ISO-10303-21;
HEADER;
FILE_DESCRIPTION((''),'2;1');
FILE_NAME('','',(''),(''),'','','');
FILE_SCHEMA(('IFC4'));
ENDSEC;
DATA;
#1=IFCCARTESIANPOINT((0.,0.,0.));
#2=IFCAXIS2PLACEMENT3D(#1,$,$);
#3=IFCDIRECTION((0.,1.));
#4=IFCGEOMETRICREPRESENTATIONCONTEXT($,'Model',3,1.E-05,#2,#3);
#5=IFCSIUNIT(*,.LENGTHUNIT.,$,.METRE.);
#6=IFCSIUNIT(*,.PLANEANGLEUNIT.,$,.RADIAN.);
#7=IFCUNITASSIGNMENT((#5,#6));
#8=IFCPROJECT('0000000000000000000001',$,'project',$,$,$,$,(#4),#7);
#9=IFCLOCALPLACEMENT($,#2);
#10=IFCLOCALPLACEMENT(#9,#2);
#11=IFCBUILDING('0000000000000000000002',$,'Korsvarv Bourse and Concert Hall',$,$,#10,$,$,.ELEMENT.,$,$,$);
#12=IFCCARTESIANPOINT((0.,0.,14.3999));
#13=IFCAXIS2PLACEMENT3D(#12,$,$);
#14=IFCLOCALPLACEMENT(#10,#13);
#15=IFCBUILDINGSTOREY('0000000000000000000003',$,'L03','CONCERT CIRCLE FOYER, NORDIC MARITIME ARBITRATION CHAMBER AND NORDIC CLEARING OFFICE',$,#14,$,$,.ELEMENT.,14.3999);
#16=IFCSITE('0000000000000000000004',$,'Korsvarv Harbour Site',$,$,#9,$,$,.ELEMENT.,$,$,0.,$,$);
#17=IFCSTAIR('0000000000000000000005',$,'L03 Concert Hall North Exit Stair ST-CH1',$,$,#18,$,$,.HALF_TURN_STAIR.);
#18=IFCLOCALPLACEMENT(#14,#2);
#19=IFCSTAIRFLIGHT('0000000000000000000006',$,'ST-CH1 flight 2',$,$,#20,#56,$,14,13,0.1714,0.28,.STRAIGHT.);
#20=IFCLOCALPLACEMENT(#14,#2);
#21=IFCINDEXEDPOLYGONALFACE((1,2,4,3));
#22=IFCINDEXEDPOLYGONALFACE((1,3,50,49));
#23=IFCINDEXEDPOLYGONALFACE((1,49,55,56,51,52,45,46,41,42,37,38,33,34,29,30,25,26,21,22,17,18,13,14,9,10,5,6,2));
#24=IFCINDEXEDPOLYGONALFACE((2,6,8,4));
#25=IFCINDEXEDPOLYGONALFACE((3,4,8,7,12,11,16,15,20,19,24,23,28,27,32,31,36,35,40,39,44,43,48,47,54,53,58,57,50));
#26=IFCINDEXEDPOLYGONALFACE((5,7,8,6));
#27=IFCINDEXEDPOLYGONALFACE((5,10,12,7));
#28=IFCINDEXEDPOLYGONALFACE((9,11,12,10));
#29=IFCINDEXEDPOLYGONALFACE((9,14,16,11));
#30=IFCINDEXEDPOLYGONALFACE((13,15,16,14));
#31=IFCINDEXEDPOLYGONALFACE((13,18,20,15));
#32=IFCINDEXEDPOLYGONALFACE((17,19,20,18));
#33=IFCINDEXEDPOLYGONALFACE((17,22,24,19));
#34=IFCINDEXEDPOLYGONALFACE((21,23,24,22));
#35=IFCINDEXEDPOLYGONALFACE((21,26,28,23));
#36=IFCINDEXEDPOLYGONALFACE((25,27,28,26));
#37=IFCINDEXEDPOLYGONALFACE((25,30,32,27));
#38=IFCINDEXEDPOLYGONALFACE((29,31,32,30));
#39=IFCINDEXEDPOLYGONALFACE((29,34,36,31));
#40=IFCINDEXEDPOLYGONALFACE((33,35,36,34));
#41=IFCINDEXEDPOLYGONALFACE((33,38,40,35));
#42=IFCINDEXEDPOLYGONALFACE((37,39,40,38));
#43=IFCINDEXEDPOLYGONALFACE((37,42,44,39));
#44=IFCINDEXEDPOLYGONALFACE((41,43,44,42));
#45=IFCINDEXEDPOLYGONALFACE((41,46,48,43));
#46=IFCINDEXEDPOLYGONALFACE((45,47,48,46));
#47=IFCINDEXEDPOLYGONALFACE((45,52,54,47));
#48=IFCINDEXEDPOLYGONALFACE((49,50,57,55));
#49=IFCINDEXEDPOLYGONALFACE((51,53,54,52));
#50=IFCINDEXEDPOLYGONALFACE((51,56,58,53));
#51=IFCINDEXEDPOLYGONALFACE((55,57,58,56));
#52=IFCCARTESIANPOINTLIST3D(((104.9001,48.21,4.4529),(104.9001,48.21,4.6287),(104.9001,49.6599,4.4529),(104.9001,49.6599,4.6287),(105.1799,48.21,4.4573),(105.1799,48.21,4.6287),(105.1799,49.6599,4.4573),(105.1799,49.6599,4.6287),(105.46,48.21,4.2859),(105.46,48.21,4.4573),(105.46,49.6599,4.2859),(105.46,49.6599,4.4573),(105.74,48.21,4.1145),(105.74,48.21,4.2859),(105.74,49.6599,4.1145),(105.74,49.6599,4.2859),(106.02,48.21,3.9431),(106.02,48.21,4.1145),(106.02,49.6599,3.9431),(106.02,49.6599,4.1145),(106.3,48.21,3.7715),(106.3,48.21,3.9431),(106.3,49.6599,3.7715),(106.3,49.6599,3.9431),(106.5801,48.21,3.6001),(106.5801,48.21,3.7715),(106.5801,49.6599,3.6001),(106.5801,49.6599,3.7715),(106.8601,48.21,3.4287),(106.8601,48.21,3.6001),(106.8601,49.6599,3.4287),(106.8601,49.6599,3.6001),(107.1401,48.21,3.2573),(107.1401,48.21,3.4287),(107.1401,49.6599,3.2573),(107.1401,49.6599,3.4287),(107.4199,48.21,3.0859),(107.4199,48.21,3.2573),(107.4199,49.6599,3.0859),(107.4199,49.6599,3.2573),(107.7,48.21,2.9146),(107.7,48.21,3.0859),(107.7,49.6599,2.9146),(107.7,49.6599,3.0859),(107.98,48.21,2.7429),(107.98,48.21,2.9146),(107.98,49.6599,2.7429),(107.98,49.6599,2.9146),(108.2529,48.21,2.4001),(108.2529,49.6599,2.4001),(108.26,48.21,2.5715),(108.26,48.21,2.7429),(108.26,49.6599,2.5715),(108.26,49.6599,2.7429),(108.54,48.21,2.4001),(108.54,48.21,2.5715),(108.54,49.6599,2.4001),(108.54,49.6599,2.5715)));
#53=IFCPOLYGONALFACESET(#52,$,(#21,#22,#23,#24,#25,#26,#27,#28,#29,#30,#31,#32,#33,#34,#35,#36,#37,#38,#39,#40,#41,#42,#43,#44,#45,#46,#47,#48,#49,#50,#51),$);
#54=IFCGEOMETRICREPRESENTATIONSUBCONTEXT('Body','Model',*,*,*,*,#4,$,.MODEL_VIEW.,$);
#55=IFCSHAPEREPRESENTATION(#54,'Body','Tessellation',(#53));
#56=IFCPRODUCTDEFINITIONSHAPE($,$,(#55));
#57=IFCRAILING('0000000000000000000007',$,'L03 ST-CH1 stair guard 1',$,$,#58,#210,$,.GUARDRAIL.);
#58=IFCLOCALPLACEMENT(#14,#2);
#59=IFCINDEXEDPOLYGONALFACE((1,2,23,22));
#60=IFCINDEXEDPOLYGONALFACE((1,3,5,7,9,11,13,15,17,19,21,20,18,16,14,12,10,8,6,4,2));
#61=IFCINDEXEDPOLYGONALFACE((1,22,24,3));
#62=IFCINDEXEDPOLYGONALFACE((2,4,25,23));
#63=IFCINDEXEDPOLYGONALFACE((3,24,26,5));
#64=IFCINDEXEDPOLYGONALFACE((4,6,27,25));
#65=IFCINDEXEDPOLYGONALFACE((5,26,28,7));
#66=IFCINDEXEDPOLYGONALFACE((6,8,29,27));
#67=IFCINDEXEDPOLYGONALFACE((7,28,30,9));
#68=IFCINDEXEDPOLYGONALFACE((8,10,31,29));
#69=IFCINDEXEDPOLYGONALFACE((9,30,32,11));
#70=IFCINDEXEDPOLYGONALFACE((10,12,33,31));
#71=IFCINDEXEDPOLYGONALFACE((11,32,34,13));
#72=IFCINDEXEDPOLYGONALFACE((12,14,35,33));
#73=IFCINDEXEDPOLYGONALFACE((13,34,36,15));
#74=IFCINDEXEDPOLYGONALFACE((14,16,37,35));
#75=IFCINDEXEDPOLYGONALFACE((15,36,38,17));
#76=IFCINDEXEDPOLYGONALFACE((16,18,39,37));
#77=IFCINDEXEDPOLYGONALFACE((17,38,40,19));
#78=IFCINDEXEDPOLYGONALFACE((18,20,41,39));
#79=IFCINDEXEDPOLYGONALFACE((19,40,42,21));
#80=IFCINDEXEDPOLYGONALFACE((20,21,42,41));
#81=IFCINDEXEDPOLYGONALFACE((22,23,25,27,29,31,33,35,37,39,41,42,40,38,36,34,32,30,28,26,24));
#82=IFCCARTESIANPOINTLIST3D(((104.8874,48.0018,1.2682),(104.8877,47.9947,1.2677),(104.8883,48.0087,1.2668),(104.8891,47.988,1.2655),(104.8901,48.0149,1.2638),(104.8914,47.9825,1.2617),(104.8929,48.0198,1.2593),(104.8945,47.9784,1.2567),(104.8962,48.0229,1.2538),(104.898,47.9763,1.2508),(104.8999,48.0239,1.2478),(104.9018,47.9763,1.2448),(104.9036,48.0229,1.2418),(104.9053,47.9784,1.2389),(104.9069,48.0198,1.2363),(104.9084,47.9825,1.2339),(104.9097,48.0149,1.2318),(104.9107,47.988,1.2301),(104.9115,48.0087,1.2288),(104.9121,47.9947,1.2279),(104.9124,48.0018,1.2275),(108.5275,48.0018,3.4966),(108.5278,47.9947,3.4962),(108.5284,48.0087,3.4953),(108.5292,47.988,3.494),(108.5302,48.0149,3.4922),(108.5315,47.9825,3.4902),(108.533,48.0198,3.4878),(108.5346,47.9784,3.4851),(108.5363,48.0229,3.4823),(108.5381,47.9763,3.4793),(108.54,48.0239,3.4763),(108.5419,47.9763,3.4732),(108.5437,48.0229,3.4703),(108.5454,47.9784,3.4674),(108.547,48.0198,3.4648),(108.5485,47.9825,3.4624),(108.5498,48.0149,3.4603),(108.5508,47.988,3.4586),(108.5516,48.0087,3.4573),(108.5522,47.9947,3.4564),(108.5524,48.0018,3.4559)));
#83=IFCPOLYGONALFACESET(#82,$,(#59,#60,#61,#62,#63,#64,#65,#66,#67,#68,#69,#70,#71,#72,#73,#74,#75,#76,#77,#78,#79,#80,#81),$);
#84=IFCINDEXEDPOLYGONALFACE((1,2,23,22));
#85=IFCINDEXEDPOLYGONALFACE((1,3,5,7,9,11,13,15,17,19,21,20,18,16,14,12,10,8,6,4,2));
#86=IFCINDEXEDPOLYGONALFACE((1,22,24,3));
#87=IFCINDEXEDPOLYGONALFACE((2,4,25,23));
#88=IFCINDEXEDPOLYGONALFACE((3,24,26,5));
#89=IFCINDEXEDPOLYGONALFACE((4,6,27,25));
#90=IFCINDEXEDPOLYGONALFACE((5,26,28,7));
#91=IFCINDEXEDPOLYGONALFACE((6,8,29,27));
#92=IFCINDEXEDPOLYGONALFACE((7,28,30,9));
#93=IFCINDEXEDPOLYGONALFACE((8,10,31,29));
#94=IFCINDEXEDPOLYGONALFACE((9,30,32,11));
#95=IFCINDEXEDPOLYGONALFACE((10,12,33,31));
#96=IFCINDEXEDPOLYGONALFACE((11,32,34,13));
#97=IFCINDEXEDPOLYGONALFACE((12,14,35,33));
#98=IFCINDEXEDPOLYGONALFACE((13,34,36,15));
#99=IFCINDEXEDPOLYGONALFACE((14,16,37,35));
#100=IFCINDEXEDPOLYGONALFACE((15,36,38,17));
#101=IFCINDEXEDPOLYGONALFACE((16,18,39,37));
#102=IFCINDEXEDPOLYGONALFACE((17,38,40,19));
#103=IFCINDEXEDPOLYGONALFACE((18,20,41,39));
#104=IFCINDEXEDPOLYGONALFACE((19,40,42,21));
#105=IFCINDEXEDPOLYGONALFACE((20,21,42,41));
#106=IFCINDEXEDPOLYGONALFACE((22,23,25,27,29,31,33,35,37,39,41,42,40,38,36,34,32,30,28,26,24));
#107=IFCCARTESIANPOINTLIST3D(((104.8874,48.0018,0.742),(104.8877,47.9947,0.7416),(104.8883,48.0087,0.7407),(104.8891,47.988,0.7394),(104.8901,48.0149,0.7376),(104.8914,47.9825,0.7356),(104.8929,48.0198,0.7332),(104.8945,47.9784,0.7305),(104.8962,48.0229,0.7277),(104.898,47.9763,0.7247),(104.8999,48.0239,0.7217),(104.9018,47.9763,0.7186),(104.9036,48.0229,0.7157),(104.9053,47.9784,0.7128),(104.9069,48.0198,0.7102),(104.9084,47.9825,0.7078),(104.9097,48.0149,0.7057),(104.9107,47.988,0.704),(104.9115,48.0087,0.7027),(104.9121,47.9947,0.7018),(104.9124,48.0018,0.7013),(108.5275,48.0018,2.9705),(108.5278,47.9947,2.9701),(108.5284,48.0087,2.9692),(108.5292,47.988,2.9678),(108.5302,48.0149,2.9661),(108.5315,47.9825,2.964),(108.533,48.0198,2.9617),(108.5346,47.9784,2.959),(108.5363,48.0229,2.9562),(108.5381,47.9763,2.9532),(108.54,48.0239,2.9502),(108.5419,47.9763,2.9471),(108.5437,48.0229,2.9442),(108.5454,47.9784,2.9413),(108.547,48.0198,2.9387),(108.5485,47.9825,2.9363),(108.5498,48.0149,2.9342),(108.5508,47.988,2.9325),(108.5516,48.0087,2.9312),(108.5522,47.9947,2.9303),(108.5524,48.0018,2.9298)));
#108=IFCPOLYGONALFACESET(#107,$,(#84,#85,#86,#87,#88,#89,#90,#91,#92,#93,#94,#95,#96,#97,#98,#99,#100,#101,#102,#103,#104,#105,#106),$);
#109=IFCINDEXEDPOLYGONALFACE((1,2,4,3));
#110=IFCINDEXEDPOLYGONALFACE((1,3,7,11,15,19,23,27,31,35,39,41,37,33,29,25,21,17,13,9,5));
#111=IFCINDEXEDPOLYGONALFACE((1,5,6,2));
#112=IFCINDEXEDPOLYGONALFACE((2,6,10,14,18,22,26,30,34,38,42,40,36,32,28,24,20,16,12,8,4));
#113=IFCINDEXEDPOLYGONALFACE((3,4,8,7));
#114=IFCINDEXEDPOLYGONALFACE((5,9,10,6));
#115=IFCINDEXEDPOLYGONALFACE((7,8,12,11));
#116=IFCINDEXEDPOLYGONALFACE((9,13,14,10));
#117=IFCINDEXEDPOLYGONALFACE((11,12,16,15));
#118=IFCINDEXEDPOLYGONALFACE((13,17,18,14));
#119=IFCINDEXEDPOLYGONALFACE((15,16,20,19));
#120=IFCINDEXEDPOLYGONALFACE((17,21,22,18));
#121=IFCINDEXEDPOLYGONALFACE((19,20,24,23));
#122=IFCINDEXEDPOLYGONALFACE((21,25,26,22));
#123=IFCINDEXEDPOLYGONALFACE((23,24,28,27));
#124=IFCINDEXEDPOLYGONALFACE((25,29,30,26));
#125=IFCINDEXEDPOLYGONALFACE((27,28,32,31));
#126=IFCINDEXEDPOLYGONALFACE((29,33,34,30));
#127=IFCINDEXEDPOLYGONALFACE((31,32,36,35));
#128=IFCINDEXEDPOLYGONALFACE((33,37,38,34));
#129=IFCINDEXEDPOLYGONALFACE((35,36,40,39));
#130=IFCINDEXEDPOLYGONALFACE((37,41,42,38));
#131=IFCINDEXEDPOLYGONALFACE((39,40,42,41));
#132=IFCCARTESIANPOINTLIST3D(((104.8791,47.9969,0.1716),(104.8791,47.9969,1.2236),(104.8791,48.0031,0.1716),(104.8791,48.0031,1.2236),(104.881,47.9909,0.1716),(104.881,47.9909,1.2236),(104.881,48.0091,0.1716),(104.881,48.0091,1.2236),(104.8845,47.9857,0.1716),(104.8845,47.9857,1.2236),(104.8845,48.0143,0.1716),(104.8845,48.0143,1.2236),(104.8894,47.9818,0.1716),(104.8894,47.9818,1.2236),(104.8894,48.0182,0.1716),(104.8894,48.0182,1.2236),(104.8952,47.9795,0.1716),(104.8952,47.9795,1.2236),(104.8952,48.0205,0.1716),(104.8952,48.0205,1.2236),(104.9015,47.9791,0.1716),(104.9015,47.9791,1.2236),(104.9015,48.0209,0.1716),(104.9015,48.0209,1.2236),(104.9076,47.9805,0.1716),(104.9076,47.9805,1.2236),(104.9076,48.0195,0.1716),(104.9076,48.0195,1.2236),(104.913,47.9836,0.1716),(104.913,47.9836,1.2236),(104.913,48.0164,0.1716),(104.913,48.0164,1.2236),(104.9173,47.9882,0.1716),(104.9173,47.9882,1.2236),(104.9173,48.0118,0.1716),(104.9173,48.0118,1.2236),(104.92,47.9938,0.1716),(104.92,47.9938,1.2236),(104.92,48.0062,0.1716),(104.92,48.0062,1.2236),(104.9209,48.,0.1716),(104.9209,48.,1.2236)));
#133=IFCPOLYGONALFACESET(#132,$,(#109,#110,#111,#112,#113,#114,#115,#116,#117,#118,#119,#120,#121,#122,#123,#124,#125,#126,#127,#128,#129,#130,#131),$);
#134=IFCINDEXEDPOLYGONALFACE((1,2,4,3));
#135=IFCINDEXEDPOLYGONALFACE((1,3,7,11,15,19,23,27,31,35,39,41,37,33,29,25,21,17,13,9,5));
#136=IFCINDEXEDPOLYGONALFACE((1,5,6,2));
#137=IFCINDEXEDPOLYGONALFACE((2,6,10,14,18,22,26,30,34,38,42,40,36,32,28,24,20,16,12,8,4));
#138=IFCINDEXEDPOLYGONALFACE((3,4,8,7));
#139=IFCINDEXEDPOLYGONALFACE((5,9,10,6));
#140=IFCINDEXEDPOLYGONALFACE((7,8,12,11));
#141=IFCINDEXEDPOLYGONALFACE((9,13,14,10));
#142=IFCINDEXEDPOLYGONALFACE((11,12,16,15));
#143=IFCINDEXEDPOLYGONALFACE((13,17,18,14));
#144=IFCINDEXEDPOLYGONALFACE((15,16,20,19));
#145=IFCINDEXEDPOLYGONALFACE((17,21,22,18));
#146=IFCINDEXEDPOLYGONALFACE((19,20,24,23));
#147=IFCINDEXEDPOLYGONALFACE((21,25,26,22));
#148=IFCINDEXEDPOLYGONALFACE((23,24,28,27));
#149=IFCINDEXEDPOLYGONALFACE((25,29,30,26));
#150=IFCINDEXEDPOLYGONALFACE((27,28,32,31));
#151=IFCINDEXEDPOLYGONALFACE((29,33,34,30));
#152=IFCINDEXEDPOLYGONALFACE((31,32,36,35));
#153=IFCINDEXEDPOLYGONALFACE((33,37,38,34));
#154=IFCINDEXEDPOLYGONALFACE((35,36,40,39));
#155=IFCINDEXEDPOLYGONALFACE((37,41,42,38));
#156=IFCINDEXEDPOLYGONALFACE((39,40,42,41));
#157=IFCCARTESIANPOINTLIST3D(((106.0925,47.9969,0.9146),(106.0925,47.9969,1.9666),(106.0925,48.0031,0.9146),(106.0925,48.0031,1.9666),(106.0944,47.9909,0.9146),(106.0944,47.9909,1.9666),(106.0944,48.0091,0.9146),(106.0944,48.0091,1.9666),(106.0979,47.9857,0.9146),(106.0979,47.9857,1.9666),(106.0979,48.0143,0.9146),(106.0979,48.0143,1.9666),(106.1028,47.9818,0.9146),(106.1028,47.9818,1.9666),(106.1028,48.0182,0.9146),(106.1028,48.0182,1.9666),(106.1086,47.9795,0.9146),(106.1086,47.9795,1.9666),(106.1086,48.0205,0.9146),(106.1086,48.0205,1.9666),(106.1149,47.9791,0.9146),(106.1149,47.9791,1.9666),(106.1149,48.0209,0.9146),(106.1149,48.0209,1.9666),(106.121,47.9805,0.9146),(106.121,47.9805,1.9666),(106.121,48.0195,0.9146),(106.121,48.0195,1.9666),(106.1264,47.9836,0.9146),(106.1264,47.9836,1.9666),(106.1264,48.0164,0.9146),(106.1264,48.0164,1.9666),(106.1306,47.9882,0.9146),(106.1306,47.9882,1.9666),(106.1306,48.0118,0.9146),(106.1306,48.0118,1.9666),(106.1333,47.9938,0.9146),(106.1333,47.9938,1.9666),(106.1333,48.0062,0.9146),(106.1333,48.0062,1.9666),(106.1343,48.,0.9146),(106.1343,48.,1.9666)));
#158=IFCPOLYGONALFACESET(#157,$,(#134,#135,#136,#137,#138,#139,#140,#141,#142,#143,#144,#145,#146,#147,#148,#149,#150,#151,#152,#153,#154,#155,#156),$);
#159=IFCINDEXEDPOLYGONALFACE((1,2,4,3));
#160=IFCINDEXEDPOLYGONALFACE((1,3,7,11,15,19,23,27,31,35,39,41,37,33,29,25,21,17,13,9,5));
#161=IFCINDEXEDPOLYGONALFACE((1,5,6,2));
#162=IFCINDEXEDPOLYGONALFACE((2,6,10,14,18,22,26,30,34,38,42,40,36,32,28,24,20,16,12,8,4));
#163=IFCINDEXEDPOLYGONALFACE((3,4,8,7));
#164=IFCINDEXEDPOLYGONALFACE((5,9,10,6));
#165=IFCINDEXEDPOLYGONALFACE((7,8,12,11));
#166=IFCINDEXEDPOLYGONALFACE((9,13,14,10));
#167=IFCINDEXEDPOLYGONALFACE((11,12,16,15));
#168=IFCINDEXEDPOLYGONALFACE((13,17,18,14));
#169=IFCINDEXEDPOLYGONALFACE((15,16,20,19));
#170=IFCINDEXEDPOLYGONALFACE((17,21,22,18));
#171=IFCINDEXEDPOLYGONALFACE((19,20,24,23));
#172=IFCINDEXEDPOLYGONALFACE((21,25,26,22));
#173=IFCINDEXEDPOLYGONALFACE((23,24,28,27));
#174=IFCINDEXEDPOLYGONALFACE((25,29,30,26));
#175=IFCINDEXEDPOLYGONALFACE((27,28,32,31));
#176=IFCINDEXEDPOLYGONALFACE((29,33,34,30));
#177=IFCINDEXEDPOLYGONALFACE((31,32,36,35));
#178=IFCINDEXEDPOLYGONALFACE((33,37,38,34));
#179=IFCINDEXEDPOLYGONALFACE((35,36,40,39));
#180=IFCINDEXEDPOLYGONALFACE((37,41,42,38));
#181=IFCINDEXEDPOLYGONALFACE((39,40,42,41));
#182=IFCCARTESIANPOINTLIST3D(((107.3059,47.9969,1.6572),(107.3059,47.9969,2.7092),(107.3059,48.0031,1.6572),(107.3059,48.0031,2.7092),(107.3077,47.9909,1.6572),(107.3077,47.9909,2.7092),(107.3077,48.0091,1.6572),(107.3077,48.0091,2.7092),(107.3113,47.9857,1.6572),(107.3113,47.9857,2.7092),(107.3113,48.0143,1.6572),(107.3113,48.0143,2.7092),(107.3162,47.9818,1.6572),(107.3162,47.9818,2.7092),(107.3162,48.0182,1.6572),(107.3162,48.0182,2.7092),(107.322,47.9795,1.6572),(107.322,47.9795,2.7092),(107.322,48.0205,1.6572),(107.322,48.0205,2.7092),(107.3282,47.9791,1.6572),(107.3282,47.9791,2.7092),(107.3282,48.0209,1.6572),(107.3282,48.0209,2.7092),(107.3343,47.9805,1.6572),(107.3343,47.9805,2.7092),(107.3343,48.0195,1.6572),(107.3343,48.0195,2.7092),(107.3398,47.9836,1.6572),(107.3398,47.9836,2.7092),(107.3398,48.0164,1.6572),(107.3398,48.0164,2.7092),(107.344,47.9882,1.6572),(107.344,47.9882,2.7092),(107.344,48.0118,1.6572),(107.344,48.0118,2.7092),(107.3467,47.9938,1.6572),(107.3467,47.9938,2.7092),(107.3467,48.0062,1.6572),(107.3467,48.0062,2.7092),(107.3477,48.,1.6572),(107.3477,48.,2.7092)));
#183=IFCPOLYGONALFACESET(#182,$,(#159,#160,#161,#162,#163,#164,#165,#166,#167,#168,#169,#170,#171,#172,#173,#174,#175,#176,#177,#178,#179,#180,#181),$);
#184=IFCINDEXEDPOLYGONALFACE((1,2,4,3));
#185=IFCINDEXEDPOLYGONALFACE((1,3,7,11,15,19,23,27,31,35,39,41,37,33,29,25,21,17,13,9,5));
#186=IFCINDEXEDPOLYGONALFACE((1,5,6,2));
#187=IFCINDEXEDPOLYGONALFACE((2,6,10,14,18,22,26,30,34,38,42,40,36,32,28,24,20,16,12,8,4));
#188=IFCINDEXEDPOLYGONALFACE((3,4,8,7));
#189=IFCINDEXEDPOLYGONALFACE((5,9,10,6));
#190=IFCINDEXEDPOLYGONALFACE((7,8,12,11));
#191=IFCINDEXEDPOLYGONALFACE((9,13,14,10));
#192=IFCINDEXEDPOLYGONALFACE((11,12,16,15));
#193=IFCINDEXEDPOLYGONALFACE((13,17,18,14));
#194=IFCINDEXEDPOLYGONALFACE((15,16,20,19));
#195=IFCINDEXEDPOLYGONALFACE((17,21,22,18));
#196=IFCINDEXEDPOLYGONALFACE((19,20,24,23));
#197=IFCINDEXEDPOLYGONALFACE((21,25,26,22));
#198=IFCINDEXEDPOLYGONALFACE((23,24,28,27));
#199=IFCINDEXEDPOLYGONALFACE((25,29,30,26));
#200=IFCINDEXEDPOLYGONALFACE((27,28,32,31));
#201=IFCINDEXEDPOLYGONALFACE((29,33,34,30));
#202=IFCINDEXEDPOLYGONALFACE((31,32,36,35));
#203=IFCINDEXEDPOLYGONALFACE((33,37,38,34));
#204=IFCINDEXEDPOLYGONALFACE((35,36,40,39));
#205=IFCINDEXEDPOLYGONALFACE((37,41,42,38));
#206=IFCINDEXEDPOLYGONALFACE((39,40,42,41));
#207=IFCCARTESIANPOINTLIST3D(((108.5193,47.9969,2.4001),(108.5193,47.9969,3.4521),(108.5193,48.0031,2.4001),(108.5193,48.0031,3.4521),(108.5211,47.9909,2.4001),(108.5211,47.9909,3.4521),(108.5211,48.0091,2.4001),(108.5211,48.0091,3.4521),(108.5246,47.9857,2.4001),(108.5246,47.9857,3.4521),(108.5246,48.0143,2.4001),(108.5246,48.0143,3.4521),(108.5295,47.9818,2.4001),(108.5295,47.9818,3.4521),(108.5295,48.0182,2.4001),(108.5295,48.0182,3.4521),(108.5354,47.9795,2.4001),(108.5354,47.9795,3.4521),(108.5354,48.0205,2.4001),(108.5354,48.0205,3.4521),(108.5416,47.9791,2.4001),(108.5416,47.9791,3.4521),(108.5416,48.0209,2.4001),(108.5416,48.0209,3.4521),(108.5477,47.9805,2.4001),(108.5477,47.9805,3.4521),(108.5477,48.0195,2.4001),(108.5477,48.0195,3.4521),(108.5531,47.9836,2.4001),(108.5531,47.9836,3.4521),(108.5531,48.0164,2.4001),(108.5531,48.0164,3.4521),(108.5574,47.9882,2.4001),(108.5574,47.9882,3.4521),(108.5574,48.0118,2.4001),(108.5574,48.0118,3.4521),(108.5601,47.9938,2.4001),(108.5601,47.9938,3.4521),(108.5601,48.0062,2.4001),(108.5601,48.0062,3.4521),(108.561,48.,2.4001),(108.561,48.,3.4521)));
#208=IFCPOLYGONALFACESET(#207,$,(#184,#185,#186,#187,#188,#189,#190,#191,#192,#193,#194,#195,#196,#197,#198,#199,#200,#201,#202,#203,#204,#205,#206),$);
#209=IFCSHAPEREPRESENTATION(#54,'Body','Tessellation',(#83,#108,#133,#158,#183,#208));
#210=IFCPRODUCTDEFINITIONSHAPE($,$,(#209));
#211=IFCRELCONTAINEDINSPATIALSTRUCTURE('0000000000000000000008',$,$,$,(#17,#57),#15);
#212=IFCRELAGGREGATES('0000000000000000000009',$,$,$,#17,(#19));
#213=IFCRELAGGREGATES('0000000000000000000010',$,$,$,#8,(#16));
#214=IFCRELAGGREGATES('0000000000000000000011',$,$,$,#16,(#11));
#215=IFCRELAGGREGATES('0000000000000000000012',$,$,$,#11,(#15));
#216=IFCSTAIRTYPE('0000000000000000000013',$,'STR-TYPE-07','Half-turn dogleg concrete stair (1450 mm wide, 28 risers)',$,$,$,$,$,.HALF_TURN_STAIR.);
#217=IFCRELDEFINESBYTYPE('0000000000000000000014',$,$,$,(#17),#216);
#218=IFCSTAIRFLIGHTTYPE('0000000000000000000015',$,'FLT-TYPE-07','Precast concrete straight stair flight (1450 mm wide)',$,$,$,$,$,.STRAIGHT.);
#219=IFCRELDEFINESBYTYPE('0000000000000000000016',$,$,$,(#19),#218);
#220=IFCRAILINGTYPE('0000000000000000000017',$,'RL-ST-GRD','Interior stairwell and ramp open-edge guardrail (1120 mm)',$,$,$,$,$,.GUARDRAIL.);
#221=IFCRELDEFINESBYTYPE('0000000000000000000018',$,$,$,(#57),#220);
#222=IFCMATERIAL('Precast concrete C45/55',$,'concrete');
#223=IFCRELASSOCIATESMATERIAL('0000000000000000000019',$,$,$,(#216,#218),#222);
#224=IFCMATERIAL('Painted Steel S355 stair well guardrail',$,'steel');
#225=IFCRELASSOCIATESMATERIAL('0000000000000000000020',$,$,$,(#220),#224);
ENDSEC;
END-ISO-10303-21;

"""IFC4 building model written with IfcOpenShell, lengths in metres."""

from ifc_helpers import new_model, si_unit, direction, frame, origin, origin_2d, place, context, subcontext, project, spatial, polyline, circle, outline, extrude, material, type_object, element, aggregate, save


model = new_model("IFC4")

# Units and contexts
model_context = context("Model", 3, precision=1e-05, world=origin(), true_north=direction((0.0, 1.0)))
body_context = subcontext(model_context, "Body", "Model", "MODEL_VIEW")
ifc_project = project(units=[si_unit("LENGTHUNIT", "METRE"), si_unit("PLANEANGLEUNIT", "RADIAN")], contexts=[model_context])

# Site, building, storey
site_placement = place(None, origin())
site = spatial("IfcSite", under=ifc_project, at=site_placement, Name="Korsvarv Harbour Site", CompositionType="ELEMENT", RefElevation=0.0)
building_placement = place(site_placement, origin())
building = spatial("IfcBuilding", under=site, at=building_placement, Name="Korsvarv Bourse and Concert Hall", CompositionType="ELEMENT")
storey_placement = place(building_placement, frame((0.0, 0.0, 14.3999)))
storey = spatial("IfcBuildingStorey", under=building, at=storey_placement, Name="L03", Description="CONCERT CIRCLE FOYER, NORDIC MARITIME ARBITRATION CHAMBER AND NORDIC CLEARING OFFICE", CompositionType="ELEMENT", Elevation=14.3999)

# Stair, stair flight
ifc_material_1 = material(Name="Precast concrete C45/55", Category="concrete")
stair_type = type_object("IfcStairType", Name="STR-TYPE-07", Description="Half-turn dogleg concrete stair (1450 mm wide, 28 risers)", PredefinedType="HALF_TURN_STAIR", material=ifc_material_1)
stair_placement = place(storey_placement, origin())
stair = element("IfcStair", 1, at=stair_placement, inside=storey, type_object=stair_type, Name="L03 Concert Hall North Exit Stair ST-CH1", PredefinedType="HALF_TURN_STAIR")
stair_flight_type = type_object("IfcStairFlightType", Name="FLT-TYPE-07", Description="Precast concrete straight stair flight (1450 mm wide)", PredefinedType="STRAIGHT", material=ifc_material_1)
stair_flight_1_placement = place(storey_placement, frame((108.54, 48.9351, 2.4001), z_axis=(0.0, 0.0, 1.0), x_axis=(-1.0, 0.0, 0.0)))
stair_flight_1 = element("IfcStairFlight", 2, at=stair_flight_1_placement, type_object=stair_flight_type, Name="ST-CH1 flight 2", NumberOfRisers=14, NumberOfTreads=13, PredefinedType="STRAIGHT", RiserHeight=0.1714, TreadLength=0.28, context=body_context, shape_type="SweptSolid", body=[
    extrude(outline(polyline([(0.0, 0.0), (0.0, 0.1714), (0.28, 0.1714), (0.28, 0.3428), (0.5601, 0.3428), (0.5601, 0.5144), (0.8401, 0.5144), (0.8401, 0.6858), (1.1201, 0.6858), (1.1201, 0.8572), (1.3999, 0.8572), (1.3999, 1.0286), (1.6799, 1.0286), (1.6799, 1.2), (1.96, 1.2), (1.96, 1.3713), (2.24, 1.3713), (2.24, 1.543), (2.52, 1.543), (2.52, 1.7144), (2.8, 1.7144), (2.8, 1.8857), (3.0801, 1.8857), (3.0801, 2.0571), (3.3601, 2.0571), (3.3601, 2.2285), (3.6399, 2.2285), (3.6399, 2.3999), (3.6399, 2.0527), (0.2871, 0.0), (0.0, 0.0)])), frame((0.0, 0.7251, 0.0), z_axis=(0.0, -1.0, 0.0), x_axis=(1.0, 0.0, 0.0)), (0.0, 0.0, 1.0), 1.45),
])
aggregate(stair, [stair_flight_1])

# Railing
ifc_material_2 = material(Name="Painted Steel S355 stair well guardrail", Category="steel")
railing_type_1 = type_object("IfcRailingType", Name="RL-ST-GRD", Description="Interior stairwell and ramp open-edge guardrail (1120 mm)", PredefinedType="GUARDRAIL", material=ifc_material_2)
railing_1_placement = place(storey_placement, frame((104.8999, 48.0, 0.1716)))
element("IfcRailing", 3, at=railing_1_placement, inside=storey, type_object=railing_type_1, Name="L03 ST-CH1 stair guard 1", PredefinedType="GUARDRAIL", context=body_context, shape_type="SweptSolid", body=[
    extrude(circle(Radius=0.0239, at=origin_2d()), frame((0.0, 0.0, 1.0762), z_axis=(0.852866, 0.0, 0.52213), x_axis=(0.0, 1.0, 0.0)), (0.0, 0.0, 1.0), 4.2681),
    extrude(circle(Radius=0.0239, at=origin_2d()), frame((0.0, 0.0, 0.55), z_axis=(0.852866, 0.0, 0.52213), x_axis=(0.0, 1.0, 0.0)), (0.0, 0.0, 1.0), 4.2681),
    extrude(circle(Radius=0.021, at=origin_2d()), origin(), (0.0, 0.0, 1.0), 1.052),
    extrude(circle(Radius=0.021, at=origin_2d()), frame((1.2134, 0.0, 0.7429)), (0.0, 0.0, 1.0), 1.052),
    extrude(circle(Radius=0.021, at=origin_2d()), frame((2.4268, 0.0, 1.4856)), (0.0, 0.0, 1.0), 1.052),
    extrude(circle(Radius=0.021, at=origin_2d()), frame((3.6401, 0.0, 2.2285)), (0.0, 0.0, 1.0), 1.052),
])

save(model, "model.ifc")
